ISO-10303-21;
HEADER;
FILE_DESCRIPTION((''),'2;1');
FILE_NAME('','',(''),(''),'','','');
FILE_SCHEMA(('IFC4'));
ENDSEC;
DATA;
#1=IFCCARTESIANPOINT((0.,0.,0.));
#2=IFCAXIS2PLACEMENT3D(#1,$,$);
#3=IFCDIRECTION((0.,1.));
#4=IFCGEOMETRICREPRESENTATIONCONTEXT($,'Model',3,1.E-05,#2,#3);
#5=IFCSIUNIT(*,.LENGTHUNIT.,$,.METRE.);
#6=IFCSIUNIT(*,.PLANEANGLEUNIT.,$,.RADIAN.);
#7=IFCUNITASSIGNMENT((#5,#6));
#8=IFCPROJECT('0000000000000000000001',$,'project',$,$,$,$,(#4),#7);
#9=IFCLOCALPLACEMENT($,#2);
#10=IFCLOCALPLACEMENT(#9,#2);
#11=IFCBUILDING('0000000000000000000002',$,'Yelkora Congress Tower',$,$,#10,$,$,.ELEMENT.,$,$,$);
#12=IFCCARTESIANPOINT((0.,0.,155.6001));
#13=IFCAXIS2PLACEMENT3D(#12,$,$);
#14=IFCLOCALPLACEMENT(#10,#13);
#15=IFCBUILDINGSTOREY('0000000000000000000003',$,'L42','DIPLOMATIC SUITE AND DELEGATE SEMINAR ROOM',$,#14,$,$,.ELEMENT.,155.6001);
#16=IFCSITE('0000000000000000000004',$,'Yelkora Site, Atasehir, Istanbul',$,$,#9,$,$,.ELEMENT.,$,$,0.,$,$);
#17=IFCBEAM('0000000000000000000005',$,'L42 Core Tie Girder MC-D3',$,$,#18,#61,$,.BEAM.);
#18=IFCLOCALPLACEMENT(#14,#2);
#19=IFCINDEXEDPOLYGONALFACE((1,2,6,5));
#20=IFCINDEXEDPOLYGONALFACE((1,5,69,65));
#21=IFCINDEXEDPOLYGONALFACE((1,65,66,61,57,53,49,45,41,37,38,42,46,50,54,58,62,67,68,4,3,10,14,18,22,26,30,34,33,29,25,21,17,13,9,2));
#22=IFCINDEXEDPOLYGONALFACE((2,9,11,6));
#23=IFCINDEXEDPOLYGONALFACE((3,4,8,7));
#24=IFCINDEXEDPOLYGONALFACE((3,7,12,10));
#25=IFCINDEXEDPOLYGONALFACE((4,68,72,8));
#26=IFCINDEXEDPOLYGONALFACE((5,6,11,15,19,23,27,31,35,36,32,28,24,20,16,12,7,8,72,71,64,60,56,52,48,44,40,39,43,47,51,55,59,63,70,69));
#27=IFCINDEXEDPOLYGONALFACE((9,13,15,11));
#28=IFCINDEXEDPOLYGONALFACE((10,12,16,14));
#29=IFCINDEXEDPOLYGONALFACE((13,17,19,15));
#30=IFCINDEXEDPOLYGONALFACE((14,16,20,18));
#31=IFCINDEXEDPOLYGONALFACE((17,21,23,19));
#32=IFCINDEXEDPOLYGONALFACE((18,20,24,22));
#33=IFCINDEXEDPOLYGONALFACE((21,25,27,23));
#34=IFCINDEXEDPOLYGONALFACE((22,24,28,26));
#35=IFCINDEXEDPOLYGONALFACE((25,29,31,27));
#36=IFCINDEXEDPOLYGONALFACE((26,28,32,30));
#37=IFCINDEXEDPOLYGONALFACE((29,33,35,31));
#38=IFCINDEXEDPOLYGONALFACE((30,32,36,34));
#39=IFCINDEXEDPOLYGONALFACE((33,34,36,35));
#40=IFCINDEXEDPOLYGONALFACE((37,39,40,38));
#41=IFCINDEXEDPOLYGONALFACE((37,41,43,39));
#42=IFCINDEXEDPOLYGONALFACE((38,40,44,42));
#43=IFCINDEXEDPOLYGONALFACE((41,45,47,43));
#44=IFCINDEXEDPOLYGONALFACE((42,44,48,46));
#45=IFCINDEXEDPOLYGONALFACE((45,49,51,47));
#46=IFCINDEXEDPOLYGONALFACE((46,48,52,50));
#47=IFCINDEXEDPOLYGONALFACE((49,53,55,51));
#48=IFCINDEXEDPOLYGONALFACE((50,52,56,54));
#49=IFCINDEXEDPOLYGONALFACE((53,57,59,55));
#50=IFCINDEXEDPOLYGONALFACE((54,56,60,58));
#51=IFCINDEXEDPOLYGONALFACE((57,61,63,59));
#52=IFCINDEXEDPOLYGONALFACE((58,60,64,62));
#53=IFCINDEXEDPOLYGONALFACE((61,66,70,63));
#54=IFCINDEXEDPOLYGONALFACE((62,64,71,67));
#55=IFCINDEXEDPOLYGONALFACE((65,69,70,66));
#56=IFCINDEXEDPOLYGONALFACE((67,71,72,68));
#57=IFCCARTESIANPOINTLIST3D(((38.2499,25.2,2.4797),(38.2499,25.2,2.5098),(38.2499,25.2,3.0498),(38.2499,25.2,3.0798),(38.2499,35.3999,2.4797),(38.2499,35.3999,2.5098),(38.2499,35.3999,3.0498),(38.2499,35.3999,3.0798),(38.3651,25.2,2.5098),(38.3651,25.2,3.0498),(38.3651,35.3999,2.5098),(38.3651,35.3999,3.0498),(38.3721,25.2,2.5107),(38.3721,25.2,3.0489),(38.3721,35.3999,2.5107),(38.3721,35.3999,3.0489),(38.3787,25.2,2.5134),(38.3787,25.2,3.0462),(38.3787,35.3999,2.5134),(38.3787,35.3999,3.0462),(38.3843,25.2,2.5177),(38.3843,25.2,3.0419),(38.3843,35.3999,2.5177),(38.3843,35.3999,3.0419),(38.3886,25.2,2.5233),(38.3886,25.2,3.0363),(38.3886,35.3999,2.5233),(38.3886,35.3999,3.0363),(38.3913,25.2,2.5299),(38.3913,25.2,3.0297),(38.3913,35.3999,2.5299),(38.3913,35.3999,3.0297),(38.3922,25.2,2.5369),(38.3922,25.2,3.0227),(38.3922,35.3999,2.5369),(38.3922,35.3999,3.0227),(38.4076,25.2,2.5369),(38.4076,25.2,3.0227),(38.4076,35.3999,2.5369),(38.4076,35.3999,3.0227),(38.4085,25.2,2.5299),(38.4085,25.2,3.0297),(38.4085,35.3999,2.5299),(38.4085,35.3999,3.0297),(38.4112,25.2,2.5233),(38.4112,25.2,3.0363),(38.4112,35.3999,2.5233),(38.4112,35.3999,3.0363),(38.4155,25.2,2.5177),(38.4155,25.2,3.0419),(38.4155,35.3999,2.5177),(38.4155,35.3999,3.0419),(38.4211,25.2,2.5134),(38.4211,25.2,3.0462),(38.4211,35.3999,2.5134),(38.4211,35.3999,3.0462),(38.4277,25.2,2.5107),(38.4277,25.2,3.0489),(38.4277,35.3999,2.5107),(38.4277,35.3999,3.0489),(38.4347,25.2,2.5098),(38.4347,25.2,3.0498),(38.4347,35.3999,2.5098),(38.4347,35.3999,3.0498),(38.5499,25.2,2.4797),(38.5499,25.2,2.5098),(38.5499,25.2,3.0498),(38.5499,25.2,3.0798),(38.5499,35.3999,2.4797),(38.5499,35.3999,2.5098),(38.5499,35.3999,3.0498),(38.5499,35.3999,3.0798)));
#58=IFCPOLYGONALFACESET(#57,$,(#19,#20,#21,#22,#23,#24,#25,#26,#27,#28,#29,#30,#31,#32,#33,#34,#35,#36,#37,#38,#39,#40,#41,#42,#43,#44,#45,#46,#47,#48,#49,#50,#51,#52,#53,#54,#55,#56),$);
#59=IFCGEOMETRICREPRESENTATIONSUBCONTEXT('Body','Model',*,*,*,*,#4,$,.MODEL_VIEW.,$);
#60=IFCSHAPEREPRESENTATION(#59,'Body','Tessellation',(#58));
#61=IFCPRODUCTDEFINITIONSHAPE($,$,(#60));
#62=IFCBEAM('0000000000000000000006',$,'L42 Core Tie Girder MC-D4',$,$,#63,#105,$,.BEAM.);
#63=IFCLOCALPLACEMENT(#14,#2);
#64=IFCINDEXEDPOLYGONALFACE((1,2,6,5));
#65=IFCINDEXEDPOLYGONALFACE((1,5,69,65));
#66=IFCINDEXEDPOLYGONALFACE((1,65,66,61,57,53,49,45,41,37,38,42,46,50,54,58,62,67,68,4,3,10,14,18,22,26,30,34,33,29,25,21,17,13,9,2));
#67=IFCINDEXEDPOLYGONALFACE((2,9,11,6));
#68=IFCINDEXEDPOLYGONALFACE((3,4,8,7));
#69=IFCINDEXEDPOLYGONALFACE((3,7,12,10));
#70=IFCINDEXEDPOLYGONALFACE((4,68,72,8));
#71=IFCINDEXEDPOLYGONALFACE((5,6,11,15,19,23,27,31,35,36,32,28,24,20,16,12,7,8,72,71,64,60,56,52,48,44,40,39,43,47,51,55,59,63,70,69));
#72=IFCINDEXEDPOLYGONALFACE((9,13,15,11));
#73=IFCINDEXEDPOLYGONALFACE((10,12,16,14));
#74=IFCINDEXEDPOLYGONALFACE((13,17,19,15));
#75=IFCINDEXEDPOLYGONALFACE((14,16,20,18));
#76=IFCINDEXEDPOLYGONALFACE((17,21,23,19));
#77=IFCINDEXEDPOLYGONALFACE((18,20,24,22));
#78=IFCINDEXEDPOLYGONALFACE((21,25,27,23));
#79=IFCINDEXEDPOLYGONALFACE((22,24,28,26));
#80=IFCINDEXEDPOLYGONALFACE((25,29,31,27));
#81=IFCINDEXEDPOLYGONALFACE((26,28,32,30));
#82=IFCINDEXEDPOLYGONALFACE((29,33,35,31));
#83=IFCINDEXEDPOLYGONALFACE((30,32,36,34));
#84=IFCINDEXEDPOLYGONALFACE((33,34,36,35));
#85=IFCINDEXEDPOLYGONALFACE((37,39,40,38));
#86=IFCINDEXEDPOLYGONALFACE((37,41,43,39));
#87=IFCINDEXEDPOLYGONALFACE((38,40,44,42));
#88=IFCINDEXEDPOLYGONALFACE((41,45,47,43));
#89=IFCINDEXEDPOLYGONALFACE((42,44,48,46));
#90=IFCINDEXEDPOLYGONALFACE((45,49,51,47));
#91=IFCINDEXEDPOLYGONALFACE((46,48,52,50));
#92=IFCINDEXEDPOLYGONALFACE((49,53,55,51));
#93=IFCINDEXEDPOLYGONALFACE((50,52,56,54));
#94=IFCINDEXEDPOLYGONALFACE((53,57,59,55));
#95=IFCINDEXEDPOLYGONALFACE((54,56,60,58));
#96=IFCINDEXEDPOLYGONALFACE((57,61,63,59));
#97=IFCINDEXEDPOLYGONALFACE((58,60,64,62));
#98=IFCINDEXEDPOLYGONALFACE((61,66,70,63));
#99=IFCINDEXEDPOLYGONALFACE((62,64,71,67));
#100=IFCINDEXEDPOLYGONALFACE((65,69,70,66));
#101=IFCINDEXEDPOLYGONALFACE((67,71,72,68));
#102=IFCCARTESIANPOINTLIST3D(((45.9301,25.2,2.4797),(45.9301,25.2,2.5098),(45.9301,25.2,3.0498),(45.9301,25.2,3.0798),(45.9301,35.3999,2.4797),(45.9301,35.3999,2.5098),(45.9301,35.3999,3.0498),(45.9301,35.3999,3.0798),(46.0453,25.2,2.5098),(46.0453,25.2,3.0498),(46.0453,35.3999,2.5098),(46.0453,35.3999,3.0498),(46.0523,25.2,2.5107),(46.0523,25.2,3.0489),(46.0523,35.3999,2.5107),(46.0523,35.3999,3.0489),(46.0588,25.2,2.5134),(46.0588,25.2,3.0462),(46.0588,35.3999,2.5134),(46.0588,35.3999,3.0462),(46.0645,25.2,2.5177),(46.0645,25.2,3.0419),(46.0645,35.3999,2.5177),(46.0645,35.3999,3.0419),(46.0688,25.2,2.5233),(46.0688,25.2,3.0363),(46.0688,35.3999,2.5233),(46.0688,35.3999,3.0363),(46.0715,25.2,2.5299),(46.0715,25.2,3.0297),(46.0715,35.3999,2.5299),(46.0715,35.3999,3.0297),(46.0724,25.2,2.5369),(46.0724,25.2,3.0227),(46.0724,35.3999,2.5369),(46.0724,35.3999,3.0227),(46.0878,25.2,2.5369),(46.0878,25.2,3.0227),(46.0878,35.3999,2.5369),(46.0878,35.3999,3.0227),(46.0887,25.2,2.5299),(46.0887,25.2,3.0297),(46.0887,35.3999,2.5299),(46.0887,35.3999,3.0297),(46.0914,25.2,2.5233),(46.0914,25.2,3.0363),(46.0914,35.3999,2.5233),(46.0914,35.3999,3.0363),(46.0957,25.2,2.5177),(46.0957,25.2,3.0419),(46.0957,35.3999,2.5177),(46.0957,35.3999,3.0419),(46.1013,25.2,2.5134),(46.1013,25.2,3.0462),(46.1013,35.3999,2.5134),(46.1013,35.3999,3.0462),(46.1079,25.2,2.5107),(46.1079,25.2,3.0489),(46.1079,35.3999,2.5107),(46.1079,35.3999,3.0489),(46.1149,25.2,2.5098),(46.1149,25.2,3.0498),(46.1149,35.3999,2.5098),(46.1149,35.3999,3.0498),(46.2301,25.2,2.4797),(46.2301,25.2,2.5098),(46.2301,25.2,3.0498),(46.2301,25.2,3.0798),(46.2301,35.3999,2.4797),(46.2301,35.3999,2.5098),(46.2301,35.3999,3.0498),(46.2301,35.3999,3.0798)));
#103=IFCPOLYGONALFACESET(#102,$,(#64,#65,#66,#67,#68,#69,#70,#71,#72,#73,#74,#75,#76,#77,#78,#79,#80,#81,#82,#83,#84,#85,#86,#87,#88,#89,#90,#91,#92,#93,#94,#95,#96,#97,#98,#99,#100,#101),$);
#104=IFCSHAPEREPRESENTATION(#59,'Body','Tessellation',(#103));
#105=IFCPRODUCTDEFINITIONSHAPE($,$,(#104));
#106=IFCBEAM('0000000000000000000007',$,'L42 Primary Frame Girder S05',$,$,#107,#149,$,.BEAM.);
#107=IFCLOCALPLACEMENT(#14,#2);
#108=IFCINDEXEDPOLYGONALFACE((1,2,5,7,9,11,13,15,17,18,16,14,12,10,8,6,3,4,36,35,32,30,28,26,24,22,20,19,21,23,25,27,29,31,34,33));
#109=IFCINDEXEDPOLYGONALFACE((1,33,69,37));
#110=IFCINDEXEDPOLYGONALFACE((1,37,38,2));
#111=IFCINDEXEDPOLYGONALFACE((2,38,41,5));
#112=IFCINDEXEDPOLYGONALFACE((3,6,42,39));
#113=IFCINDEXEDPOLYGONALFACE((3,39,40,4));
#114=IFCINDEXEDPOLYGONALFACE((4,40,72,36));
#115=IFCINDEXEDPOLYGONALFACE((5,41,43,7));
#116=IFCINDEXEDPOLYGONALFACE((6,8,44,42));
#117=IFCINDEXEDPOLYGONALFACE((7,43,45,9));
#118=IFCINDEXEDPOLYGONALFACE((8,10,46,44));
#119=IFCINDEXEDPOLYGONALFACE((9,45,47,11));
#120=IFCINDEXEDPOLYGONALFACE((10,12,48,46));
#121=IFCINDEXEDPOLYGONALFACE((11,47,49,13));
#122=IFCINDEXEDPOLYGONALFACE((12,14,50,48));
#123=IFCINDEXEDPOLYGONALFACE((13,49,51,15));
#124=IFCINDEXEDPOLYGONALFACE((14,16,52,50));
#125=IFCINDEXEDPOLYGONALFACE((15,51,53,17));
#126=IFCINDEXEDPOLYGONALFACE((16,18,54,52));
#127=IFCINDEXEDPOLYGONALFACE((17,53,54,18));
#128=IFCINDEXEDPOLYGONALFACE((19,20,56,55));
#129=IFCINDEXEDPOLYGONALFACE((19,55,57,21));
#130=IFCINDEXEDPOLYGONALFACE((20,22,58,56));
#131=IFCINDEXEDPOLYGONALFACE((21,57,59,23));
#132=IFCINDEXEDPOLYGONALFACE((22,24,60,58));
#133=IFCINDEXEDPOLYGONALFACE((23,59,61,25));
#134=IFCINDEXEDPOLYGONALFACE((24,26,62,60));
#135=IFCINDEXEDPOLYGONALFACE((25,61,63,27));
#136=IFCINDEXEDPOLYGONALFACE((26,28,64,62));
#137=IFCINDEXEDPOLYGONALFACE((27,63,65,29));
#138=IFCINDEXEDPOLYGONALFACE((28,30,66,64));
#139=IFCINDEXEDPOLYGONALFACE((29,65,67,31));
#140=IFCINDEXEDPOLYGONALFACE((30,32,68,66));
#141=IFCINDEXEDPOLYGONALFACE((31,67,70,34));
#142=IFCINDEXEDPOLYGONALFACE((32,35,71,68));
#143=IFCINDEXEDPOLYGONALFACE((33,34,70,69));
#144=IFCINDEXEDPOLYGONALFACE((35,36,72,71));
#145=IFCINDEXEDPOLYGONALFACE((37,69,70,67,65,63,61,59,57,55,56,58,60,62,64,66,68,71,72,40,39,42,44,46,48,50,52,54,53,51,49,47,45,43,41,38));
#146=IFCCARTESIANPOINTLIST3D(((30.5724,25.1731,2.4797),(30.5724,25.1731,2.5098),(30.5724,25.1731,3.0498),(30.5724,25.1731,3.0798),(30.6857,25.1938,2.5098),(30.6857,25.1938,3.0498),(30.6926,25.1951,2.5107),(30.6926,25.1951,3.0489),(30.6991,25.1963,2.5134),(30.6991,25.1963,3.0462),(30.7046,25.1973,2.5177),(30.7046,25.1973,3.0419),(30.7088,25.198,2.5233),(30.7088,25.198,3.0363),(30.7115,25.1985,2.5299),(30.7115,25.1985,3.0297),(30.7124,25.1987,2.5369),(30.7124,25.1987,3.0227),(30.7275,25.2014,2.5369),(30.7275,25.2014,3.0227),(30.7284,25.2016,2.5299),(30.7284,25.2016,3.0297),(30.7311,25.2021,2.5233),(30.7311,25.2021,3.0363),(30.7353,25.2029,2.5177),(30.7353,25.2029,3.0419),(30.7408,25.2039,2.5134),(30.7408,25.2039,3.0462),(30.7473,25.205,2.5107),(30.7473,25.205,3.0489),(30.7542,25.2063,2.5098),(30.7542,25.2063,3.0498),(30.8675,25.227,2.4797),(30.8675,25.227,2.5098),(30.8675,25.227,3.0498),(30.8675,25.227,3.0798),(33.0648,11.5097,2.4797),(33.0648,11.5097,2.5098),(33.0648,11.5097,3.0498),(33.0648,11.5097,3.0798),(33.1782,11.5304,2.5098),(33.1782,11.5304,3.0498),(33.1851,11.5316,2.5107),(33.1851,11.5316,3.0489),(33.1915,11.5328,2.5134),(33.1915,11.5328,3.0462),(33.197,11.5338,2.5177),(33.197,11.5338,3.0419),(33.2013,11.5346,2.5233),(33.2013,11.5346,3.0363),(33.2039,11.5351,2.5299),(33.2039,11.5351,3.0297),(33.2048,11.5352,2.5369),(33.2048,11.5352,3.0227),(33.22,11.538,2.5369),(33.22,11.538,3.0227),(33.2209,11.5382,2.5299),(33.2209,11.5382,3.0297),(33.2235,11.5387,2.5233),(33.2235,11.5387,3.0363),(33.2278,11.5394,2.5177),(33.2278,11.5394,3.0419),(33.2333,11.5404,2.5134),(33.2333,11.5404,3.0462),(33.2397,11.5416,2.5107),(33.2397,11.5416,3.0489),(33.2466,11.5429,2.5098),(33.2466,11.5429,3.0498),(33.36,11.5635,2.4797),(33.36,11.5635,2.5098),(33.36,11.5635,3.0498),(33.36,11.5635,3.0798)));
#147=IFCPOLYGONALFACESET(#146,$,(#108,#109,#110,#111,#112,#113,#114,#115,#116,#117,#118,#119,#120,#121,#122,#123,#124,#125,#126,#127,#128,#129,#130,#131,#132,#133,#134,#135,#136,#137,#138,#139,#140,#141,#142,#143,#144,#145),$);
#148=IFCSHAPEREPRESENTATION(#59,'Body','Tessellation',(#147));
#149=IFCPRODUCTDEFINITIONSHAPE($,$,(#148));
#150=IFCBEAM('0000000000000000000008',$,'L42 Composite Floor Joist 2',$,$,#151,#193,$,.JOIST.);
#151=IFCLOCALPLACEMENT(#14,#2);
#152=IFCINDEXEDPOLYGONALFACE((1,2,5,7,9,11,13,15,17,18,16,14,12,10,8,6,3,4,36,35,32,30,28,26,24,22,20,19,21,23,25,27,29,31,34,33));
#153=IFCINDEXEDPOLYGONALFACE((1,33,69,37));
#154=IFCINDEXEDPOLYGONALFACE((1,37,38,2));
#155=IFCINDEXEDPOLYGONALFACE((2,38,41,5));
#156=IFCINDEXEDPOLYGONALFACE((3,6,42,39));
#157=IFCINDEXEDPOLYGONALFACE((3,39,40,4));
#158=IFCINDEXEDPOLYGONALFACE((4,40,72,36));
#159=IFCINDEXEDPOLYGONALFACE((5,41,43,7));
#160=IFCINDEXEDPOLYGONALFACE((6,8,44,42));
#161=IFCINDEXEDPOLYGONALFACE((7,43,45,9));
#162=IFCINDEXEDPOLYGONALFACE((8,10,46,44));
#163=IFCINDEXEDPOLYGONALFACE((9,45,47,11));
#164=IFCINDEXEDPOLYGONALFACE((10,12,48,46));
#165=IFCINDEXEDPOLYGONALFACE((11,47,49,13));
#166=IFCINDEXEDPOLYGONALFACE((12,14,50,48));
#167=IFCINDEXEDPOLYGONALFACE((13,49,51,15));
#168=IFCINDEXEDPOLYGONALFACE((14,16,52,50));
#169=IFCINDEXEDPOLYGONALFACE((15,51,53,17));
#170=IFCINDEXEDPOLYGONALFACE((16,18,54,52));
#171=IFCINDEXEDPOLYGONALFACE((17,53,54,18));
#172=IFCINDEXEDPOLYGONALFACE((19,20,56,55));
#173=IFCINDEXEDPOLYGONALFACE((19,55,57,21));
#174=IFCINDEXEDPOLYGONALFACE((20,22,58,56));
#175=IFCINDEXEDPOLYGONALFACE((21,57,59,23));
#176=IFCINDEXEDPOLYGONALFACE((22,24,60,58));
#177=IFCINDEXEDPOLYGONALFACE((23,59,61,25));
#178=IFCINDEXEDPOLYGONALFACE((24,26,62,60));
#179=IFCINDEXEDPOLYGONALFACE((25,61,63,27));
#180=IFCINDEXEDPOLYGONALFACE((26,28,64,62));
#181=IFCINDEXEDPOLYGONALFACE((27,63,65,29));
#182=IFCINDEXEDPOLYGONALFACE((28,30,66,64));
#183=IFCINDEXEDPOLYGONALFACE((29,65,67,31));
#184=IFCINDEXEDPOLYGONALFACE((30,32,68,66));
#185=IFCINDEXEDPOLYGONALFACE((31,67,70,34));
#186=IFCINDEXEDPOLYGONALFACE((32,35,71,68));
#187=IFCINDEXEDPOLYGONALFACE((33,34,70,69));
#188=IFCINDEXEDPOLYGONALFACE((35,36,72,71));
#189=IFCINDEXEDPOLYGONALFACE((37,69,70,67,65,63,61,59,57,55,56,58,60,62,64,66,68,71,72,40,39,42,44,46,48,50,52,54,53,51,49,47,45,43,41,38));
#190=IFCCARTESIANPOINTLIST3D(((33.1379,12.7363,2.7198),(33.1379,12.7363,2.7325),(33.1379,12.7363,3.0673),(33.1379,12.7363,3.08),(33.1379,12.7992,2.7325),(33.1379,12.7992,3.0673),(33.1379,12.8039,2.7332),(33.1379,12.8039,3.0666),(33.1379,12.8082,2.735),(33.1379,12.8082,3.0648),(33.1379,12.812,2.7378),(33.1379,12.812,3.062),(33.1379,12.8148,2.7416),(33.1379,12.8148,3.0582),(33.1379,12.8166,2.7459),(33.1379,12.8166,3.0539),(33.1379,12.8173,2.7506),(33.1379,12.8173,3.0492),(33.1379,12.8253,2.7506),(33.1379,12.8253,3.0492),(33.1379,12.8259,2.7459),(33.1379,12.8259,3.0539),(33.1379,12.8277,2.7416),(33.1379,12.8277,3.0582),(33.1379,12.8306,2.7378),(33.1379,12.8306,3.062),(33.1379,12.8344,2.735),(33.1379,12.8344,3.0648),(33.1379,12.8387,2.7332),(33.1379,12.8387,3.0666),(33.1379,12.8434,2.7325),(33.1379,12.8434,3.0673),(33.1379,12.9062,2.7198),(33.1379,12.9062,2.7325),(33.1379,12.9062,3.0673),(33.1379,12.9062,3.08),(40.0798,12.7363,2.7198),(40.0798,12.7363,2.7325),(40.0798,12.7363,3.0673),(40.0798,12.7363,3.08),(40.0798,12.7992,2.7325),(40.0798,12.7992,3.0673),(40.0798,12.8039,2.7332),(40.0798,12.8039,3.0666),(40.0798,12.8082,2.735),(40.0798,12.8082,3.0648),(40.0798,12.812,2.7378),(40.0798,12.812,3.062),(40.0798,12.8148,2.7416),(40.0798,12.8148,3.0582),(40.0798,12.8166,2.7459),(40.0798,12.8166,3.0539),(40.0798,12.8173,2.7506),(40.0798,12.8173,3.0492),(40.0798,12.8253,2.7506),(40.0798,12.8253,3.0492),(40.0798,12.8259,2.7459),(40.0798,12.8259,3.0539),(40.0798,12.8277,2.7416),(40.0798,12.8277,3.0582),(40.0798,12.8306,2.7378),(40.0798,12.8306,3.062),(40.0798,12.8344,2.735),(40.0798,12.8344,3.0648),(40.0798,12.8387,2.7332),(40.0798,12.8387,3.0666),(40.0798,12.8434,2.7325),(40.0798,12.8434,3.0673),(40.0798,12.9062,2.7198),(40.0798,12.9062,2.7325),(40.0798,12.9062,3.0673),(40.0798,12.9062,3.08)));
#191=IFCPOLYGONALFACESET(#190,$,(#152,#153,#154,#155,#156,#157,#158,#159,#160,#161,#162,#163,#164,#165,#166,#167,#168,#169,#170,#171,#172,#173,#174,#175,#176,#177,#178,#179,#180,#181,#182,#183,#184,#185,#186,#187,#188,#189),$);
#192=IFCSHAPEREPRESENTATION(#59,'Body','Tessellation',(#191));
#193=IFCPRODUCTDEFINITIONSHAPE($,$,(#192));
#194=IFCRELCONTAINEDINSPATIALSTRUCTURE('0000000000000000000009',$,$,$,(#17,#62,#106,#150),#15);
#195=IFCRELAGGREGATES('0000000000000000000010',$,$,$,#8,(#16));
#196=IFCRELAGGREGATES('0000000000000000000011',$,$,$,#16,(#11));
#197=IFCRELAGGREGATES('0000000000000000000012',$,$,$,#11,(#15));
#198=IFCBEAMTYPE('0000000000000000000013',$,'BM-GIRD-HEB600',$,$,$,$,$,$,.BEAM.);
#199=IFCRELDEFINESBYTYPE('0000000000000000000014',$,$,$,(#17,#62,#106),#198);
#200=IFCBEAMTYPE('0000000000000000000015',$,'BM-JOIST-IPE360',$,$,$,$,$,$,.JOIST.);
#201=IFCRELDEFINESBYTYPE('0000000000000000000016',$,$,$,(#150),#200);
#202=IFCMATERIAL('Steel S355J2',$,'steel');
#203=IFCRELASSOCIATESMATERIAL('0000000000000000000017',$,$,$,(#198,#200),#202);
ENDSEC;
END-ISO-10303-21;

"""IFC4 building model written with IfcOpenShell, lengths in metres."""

from ifc_helpers import new_model, si_unit, direction, frame, origin, origin_2d, place, context, subcontext, project, spatial, i_section, extrude, material, material_profile, profile_set, type_object, element, save


model = new_model("IFC4")

# Units and contexts
model_context = context("Model", 3, precision=1e-05, world=origin(), true_north=direction((0.0, 1.0)))
body_context = subcontext(model_context, "Body", "Model", "MODEL_VIEW")
ifc_project = project(units=[si_unit("LENGTHUNIT", "METRE"), si_unit("PLANEANGLEUNIT", "RADIAN")], contexts=[model_context])

# Site, building, storey
site_placement = place(None, origin())
site = spatial("IfcSite", under=ifc_project, at=site_placement, Name="Yelkora Site, Atasehir, Istanbul", CompositionType="ELEMENT", RefElevation=0.0)
building_placement = place(site_placement, origin())
building = spatial("IfcBuilding", under=site, at=building_placement, Name="Yelkora Congress Tower", CompositionType="ELEMENT")
storey_placement = place(building_placement, frame((0.0, 0.0, 155.6001)))
storey = spatial("IfcBuildingStorey", under=building, at=storey_placement, Name="L42", Description="DIPLOMATIC SUITE AND DELEGATE SEMINAR ROOM", CompositionType="ELEMENT", Elevation=155.6001)

# Beams
ifc_material_1 = material(Name="Steel S355J2", Category="steel")
ifc_material_profile_1 = material_profile(ifc_material_1, i_section(OverallWidth=0.3, OverallDepth=0.6001, WebThickness=0.0154, FlangeThickness=0.03, FilletRadius=0.0271, at=origin_2d()), Name="HEB 600")
ifc_profile_set_1 = profile_set([ifc_material_profile_1], Name="Steel S355J2")
beam_type_1 = type_object("IfcBeamType", Name="BM-GIRD-HEB600", PredefinedType="BEAM", material=ifc_profile_set_1)
for number, where, z_axis, x_axis, name in (
    (1, (38.3999, 25.2, 2.7798), (0.0, 1.0, 0.0), (-1.0, 0.0, 0.0), "L42 Core Tie Girder MC-D3"),
    (2, (46.0801, 25.2, 2.7798), (0.0, 1.0, 0.0), (-1.0, 0.0, 0.0), "L42 Core Tie Girder MC-D4"),
):
    element("IfcBeam", number, at=place(storey_placement, frame(where, z_axis=z_axis, x_axis=x_axis)), inside=storey, type_object=beam_type_1, Name=name, PredefinedType="BEAM", context=body_context, shape_type="SweptSolid", body=[
        extrude(i_section(OverallWidth=0.3, OverallDepth=0.6001, WebThickness=0.0154, FlangeThickness=0.03, FilletRadius=0.0271, at=origin_2d()), origin(), (0.0, 0.0, 1.0), 10.2),
    ])
beam_1_placement = place(storey_placement, frame((33.2124, 11.5366, 2.7798), z_axis=(-0.179456, 0.983766, 0.0), x_axis=(-0.983766, -0.179456, 0.0)))
element("IfcBeam", 3, at=beam_1_placement, inside=storey, type_object=beam_type_1, Name="L42 Primary Frame Girder S05", PredefinedType="BEAM", context=body_context, shape_type="SweptSolid", body=[
    extrude(i_section(OverallWidth=0.3, OverallDepth=0.6001, WebThickness=0.0154, FlangeThickness=0.03, FilletRadius=0.0271, at=origin_2d()), origin(), (0.0, 0.0, 1.0), 13.8889),
])
ifc_material_profile_2 = material_profile(ifc_material_1, i_section(OverallWidth=0.1699, OverallDepth=0.3601, WebThickness=0.0081, FlangeThickness=0.0127, FilletRadius=0.0181, at=origin_2d()), Name="IPE 360")
ifc_profile_set_2 = profile_set([ifc_material_profile_2], Name="Steel S355J2")
beam_type_2 = type_object("IfcBeamType", Name="BM-JOIST-IPE360", PredefinedType="JOIST", material=ifc_profile_set_2)
beam_2_placement = place(storey_placement, frame((33.1379, 12.8213, 2.8999), z_axis=(1.0, 0.0, 0.0), x_axis=(0.0, 1.0, 0.0)))
element("IfcBeam", 4, at=beam_2_placement, inside=storey, type_object=beam_type_2, Name="L42 Composite Floor Joist 2", PredefinedType="JOIST", context=body_context, shape_type="SweptSolid", body=[
    extrude(i_section(OverallWidth=0.1699, OverallDepth=0.3601, WebThickness=0.0081, FlangeThickness=0.0127, FilletRadius=0.0181, at=origin_2d()), origin(), (0.0, 0.0, 1.0), 6.9419),
])

save(model, "model.ifc")
